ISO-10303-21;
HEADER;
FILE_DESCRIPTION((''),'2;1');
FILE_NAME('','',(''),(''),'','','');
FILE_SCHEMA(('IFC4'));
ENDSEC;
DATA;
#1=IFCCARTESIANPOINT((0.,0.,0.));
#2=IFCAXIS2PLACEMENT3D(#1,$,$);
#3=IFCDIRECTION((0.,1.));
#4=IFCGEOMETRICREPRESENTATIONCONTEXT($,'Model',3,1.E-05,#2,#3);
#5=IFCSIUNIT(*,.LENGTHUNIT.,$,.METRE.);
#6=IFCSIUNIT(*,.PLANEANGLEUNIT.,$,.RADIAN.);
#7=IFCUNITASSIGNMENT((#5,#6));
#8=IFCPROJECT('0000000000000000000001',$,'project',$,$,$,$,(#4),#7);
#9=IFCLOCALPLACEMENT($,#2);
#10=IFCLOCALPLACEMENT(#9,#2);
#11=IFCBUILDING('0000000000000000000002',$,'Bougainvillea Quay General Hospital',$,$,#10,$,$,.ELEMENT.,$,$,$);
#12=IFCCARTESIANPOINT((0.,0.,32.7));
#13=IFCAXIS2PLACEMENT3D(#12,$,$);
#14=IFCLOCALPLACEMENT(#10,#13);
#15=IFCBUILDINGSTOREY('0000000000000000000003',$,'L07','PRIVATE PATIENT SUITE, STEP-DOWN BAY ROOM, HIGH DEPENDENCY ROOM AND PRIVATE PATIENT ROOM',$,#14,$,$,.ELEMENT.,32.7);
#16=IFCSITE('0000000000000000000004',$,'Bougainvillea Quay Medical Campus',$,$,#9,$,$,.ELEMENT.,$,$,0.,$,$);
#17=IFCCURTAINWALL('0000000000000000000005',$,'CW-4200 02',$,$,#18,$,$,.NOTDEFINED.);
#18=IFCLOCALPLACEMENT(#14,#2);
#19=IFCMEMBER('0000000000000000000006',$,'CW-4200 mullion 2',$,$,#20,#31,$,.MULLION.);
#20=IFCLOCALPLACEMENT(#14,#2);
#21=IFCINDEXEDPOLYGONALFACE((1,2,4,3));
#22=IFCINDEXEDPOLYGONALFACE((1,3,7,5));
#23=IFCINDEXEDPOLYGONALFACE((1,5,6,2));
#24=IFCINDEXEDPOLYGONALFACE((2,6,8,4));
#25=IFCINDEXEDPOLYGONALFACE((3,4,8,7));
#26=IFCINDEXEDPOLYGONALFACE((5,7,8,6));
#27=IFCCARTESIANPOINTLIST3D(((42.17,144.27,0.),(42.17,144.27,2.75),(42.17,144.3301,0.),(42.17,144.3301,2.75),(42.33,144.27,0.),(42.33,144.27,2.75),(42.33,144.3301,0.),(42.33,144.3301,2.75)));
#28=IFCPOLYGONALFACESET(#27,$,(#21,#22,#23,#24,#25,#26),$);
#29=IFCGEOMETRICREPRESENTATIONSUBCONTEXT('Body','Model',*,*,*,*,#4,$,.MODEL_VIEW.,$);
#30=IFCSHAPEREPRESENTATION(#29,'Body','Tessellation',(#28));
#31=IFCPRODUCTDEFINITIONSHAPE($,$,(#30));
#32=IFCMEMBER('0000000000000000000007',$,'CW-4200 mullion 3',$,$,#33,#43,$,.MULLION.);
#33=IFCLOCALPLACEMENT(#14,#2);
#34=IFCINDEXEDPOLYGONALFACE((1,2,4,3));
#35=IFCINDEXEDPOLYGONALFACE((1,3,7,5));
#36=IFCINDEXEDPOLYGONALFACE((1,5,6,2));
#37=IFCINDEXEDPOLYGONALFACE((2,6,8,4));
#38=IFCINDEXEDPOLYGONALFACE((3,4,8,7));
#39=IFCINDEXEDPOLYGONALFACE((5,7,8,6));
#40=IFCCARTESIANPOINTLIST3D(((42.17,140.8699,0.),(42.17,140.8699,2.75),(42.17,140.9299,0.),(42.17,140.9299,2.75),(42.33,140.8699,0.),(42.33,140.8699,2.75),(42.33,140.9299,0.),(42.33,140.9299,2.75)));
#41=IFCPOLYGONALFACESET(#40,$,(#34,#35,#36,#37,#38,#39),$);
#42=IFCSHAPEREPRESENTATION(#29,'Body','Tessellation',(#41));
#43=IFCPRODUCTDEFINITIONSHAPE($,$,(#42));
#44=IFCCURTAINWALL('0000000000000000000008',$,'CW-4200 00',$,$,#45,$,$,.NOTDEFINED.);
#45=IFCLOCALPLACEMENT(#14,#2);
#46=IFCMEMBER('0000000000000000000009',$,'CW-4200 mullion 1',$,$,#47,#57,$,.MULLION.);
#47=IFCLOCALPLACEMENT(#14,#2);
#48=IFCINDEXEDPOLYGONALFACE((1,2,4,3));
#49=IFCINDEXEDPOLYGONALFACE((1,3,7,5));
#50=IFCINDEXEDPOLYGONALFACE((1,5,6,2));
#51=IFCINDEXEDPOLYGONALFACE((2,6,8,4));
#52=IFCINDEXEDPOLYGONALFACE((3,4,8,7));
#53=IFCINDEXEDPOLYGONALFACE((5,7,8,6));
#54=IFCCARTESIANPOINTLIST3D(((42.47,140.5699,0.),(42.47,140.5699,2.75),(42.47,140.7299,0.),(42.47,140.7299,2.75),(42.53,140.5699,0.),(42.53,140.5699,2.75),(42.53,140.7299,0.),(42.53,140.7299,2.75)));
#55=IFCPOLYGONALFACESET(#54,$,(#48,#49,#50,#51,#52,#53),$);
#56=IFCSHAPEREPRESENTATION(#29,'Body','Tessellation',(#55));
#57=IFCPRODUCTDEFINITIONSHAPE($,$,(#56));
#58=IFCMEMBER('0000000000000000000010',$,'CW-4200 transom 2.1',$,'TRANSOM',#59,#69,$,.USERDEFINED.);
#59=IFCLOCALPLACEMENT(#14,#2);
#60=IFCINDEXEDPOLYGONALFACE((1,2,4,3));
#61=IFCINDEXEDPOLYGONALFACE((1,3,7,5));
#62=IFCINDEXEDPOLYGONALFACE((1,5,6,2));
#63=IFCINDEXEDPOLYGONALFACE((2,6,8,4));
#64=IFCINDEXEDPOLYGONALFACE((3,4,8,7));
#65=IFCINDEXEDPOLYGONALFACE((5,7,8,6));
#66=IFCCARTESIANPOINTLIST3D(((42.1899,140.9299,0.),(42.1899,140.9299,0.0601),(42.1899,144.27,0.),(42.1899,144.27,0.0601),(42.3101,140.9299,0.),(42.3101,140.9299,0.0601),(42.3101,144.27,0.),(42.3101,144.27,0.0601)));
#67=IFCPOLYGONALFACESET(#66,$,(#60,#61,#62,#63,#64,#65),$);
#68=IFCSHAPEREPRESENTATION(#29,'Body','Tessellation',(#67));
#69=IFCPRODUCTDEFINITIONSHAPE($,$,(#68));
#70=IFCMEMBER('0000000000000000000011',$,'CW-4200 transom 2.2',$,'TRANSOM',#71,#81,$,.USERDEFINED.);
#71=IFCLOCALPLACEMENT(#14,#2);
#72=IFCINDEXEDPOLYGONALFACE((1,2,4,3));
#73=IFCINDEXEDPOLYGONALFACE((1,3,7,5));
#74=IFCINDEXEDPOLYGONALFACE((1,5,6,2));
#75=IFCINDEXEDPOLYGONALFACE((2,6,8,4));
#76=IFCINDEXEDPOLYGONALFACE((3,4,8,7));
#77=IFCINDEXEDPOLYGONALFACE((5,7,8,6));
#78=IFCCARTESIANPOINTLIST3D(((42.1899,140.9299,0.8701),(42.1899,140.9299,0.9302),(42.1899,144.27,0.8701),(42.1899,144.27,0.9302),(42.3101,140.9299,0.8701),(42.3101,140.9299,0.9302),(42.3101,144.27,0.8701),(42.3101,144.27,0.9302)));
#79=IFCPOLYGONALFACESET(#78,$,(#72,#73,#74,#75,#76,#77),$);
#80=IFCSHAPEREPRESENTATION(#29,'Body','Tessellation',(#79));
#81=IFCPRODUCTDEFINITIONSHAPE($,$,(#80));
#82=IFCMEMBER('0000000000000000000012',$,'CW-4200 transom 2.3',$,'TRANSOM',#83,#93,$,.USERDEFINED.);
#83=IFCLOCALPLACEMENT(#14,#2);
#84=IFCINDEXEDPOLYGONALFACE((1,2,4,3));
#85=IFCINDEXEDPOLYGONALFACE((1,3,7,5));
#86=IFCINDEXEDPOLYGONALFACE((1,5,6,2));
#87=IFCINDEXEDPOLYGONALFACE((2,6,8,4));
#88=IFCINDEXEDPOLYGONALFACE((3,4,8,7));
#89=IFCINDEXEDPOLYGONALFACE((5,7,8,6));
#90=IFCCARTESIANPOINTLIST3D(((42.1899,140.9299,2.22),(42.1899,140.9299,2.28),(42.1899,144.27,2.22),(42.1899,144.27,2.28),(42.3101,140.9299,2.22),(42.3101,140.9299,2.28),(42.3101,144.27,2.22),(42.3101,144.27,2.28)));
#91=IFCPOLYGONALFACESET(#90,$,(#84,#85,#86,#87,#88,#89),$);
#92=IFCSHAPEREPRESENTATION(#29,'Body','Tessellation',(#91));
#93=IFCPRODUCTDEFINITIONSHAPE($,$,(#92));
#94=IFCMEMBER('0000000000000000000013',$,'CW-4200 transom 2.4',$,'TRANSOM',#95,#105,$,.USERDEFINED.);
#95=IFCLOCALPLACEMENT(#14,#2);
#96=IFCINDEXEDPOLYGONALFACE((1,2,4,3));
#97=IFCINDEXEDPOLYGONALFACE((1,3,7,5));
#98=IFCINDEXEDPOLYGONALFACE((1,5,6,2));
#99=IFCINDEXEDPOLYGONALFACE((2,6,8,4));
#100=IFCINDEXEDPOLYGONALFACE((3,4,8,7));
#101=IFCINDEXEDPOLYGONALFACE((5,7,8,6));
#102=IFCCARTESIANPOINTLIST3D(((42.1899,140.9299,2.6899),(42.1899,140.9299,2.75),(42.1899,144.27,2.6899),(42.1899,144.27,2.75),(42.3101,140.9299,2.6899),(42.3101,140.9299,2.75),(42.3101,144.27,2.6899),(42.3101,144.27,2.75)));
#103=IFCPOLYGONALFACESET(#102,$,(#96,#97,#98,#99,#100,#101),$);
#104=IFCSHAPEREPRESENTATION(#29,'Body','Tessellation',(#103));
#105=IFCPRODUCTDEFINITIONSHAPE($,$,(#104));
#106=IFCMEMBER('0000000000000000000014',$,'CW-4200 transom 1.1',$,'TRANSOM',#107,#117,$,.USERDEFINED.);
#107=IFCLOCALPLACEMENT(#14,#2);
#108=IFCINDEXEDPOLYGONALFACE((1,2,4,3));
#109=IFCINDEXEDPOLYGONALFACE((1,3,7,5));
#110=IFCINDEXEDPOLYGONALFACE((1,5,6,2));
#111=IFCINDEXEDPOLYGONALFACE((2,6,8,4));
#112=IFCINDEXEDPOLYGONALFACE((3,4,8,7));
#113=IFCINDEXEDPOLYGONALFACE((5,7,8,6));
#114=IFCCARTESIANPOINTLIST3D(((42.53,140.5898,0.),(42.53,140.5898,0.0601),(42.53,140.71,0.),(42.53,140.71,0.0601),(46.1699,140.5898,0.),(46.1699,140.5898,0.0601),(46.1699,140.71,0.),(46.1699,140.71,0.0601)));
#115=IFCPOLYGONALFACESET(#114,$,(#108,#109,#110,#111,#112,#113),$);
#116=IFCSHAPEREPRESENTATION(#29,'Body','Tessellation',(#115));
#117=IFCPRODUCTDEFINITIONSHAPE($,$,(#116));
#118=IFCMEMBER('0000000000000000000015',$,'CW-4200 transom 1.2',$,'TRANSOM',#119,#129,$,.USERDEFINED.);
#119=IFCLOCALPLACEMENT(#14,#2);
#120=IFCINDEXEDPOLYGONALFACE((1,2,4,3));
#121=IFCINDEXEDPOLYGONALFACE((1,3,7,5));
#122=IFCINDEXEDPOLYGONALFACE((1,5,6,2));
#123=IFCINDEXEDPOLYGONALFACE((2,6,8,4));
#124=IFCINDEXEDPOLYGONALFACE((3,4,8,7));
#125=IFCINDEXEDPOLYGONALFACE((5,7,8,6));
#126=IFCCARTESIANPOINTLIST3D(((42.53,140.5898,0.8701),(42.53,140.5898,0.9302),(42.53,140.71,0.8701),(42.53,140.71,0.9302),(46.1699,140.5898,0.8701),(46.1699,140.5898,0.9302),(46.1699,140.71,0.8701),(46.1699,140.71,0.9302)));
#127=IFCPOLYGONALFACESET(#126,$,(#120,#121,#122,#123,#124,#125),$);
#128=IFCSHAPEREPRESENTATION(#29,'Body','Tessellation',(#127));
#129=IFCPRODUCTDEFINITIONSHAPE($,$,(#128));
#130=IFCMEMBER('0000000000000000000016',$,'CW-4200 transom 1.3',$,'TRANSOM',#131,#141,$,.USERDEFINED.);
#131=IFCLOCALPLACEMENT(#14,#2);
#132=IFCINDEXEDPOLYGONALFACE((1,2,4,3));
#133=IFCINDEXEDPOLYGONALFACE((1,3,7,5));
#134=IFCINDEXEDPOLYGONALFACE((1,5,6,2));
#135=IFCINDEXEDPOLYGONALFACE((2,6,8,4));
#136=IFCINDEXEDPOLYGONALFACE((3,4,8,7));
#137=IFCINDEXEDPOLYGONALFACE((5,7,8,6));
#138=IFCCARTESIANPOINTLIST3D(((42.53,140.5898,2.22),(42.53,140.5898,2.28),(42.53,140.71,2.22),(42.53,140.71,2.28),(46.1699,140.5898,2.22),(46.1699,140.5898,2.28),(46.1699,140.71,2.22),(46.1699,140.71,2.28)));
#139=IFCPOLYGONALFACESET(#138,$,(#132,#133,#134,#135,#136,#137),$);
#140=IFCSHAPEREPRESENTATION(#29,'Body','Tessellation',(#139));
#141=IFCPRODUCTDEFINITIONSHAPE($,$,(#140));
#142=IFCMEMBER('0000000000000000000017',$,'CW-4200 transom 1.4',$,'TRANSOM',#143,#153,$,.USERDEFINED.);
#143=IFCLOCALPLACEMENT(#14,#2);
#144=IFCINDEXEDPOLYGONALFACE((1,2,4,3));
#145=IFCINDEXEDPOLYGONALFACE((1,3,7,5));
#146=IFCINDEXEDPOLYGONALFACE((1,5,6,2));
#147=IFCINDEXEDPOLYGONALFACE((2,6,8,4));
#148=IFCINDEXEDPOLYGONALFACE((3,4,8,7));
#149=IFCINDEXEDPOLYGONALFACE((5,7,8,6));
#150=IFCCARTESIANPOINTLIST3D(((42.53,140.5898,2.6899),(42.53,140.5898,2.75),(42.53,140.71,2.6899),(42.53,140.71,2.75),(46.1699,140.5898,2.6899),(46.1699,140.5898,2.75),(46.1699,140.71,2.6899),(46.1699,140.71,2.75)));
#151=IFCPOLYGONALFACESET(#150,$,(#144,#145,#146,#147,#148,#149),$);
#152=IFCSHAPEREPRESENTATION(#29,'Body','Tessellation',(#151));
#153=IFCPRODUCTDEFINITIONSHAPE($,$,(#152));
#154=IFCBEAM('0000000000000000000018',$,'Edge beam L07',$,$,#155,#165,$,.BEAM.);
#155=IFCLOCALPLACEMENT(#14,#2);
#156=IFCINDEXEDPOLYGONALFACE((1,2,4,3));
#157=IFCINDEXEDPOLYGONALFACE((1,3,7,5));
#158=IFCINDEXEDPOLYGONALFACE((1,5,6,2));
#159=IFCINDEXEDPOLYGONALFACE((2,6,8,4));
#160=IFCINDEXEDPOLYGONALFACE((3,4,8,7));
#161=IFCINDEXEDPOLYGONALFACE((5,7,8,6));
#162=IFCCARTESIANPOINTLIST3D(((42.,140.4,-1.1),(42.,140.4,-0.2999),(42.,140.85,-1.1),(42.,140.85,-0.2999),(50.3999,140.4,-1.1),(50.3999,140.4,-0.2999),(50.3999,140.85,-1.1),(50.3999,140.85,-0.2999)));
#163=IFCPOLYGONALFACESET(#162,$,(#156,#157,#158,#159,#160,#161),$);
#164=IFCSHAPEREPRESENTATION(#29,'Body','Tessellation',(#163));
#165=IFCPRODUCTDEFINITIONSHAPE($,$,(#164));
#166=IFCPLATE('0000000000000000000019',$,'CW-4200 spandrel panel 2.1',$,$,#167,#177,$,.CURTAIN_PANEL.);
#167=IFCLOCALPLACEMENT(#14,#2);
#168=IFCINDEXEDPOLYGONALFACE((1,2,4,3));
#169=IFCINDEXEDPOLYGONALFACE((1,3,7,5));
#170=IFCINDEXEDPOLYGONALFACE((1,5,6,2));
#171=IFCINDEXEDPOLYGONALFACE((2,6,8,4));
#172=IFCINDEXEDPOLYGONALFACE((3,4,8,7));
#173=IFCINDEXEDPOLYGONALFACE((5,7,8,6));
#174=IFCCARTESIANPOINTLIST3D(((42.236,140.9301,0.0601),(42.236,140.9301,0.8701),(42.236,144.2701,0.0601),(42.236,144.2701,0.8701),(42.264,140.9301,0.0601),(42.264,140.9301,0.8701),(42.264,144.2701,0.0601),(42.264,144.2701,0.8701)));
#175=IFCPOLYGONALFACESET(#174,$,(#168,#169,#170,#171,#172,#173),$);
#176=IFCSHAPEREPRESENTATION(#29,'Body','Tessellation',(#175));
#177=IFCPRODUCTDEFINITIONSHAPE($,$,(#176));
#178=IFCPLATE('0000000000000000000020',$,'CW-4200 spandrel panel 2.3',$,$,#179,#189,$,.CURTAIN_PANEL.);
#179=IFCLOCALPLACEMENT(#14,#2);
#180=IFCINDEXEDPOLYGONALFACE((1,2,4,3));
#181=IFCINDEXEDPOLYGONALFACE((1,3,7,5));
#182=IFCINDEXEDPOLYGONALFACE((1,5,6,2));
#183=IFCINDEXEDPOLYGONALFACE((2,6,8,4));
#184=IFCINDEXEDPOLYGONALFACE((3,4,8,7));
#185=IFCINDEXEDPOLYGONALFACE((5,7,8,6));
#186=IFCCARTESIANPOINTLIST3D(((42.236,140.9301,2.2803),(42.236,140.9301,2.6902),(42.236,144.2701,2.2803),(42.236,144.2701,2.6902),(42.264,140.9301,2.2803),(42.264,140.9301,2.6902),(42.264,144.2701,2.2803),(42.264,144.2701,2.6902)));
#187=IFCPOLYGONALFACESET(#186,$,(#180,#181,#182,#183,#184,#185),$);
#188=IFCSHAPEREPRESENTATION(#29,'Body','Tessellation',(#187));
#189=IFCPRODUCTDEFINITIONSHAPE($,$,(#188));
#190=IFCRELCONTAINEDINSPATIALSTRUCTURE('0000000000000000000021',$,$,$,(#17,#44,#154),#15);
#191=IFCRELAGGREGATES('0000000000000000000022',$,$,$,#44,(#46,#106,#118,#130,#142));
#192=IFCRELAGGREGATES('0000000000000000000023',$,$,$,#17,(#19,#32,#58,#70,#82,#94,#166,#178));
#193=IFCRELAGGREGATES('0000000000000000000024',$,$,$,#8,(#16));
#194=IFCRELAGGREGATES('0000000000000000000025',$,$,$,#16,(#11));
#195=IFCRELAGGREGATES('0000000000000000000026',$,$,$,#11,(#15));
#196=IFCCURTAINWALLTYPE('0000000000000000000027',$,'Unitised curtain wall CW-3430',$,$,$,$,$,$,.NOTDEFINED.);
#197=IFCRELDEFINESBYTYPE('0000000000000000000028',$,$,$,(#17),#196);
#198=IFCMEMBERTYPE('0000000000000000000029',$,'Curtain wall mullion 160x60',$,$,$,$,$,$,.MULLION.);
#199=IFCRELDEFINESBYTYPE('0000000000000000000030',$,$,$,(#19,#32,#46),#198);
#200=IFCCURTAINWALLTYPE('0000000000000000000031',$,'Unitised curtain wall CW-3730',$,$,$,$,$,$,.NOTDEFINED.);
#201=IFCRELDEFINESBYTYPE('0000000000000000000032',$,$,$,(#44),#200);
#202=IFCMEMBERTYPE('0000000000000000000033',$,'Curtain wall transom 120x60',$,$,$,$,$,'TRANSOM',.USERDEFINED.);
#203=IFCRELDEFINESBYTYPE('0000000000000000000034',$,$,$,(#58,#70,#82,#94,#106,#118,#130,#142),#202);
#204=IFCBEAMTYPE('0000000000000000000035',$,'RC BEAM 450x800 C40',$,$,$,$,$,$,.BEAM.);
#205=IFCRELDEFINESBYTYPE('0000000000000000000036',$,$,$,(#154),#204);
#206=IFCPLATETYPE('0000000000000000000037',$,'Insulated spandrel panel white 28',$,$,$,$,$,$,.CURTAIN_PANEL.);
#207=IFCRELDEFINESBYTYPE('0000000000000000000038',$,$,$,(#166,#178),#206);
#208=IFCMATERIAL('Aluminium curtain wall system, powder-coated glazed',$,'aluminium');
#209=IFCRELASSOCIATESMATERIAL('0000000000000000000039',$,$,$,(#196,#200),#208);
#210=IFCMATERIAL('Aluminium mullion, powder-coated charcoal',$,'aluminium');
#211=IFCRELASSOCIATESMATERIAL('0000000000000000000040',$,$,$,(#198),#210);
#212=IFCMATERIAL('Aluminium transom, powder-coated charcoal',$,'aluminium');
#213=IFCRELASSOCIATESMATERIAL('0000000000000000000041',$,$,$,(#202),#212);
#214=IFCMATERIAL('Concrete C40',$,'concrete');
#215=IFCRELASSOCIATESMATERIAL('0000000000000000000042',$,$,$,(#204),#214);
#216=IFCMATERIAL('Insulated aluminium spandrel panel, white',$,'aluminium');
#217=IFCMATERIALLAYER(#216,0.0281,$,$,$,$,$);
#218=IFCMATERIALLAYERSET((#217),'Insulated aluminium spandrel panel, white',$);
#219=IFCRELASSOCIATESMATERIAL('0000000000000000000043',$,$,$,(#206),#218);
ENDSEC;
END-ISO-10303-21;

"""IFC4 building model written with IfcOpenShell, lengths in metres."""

from ifc_helpers import new_model, si_unit, direction, frame, origin, origin_2d, place, context, subcontext, project, spatial, rectangle, extrude, material, layer, layer_set, material_profile, profile_set, type_object, element, aggregate, save


model = new_model("IFC4")

# Units and contexts
model_context = context("Model", 3, precision=1e-05, world=origin(), true_north=direction((0.0, 1.0)))
body_context = subcontext(model_context, "Body", "Model", "MODEL_VIEW")
ifc_project = project(units=[si_unit("LENGTHUNIT", "METRE"), si_unit("PLANEANGLEUNIT", "RADIAN")], contexts=[model_context])

# Site, building, storey
site_placement = place(None, origin())
site = spatial("IfcSite", under=ifc_project, at=site_placement, Name="Bougainvillea Quay Medical Campus", CompositionType="ELEMENT", RefElevation=0.0)
building_placement = place(site_placement, origin())
building = spatial("IfcBuilding", under=site, at=building_placement, Name="Bougainvillea Quay General Hospital", CompositionType="ELEMENT")
storey_placement = place(building_placement, frame((0.0, 0.0, 32.7)))
storey = spatial("IfcBuildingStorey", under=building, at=storey_placement, Name="L07", Description="PRIVATE PATIENT SUITE, STEP-DOWN BAY ROOM, HIGH DEPENDENCY ROOM AND PRIVATE PATIENT ROOM", CompositionType="ELEMENT", Elevation=32.7)

# Curtain wall, members
ifc_material_1 = material(Name="Aluminium curtain wall system, powder-coated glazed", Category="aluminium")
curtain_wall_type_1 = type_object("IfcCurtainWallType", Name="Unitised curtain wall CW-3430", PredefinedType="NOTDEFINED", material=ifc_material_1)
curtain_wall_1_placement = place(storey_placement, origin())
curtain_wall_1 = element("IfcCurtainWall", 1, at=curtain_wall_1_placement, inside=storey, type_object=curtain_wall_type_1, Name="CW-4200 02", PredefinedType="NOTDEFINED")
ifc_material_2 = material(Name="Aluminium mullion, powder-coated charcoal", Category="aluminium")
ifc_material_profile_1 = material_profile(ifc_material_2, rectangle(XDim=0.1599, YDim=0.0601, at=origin_2d()))
ifc_profile_set_1 = profile_set([ifc_material_profile_1], Name="Aluminium mullion, powder-coated charcoal")
member_type_1 = type_object("IfcMemberType", Name="Curtain wall mullion 160x60", PredefinedType="MULLION", material=ifc_profile_set_1)
member_1_placement = place(storey_placement, frame((42.25, 144.3, 0.0), z_axis=(0.0, 0.0, 1.0), x_axis=(1.0, 0.0, 0.0)))
member_1 = element("IfcMember", 2, at=member_1_placement, type_object=member_type_1, Name="CW-4200 mullion 2", PredefinedType="MULLION", context=body_context, shape_type="SweptSolid", body=[
    extrude(rectangle(XDim=0.1599, YDim=0.0601, at=origin_2d()), origin(), (0.0, 0.0, 1.0), 2.75),
])
member_2_placement = place(storey_placement, frame((42.25, 140.8999, 0.0), z_axis=(0.0, 0.0, 1.0), x_axis=(1.0, 0.0, 0.0)))
member_2 = element("IfcMember", 3, at=member_2_placement, type_object=member_type_1, Name="CW-4200 mullion 3", PredefinedType="MULLION", context=body_context, shape_type="SweptSolid", body=[
    extrude(rectangle(XDim=0.1599, YDim=0.0601, at=origin_2d()), origin(), (0.0, 0.0, 1.0), 2.75),
])

# Curtain wall, member
curtain_wall_type_2 = type_object("IfcCurtainWallType", Name="Unitised curtain wall CW-3730", PredefinedType="NOTDEFINED", material=ifc_material_1)
curtain_wall_2_placement = place(storey_placement, origin())
curtain_wall_2 = element("IfcCurtainWall", 4, at=curtain_wall_2_placement, inside=storey, type_object=curtain_wall_type_2, Name="CW-4200 00", PredefinedType="NOTDEFINED")
member_3_placement = place(storey_placement, frame((42.5, 140.6499, 0.0), z_axis=(0.0, 0.0, 1.0), x_axis=(0.0, 1.0, 0.0)))
member_3 = element("IfcMember", 5, at=member_3_placement, type_object=member_type_1, Name="CW-4200 mullion 1", PredefinedType="MULLION", context=body_context, shape_type="SweptSolid", body=[
    extrude(rectangle(XDim=0.1599, YDim=0.0601, at=origin_2d()), origin(), (0.0, 0.0, 1.0), 2.75),
])

# Members
ifc_material_3 = material(Name="Aluminium transom, powder-coated charcoal", Category="aluminium")
ifc_material_profile_2 = material_profile(ifc_material_3, rectangle(XDim=0.1201, YDim=0.0601, at=origin_2d()))
ifc_profile_set_2 = profile_set([ifc_material_profile_2], Name="Aluminium transom, powder-coated charcoal")
member_type_2 = type_object("IfcMemberType", Name="Curtain wall transom 120x60", ElementType="TRANSOM", PredefinedType="USERDEFINED", material=ifc_profile_set_2)
member_4_placement = place(storey_placement, frame((42.25, 144.27, 0.03), z_axis=(0.0, -1.0, 0.0), x_axis=(1.0, 0.0, 0.0)))
member_4 = element("IfcMember", 6, at=member_4_placement, type_object=member_type_2, Name="CW-4200 transom 2.1", ObjectType="TRANSOM", PredefinedType="USERDEFINED", context=body_context, shape_type="SweptSolid", body=[
    extrude(rectangle(XDim=0.1201, YDim=0.0601, at=origin_2d()), origin(), (0.0, 0.0, 1.0), 3.3401),
])
member_5_placement = place(storey_placement, frame((42.25, 144.27, 0.9001), z_axis=(0.0, -1.0, 0.0), x_axis=(1.0, 0.0, 0.0)))
member_5 = element("IfcMember", 7, at=member_5_placement, type_object=member_type_2, Name="CW-4200 transom 2.2", ObjectType="TRANSOM", PredefinedType="USERDEFINED", context=body_context, shape_type="SweptSolid", body=[
    extrude(rectangle(XDim=0.1201, YDim=0.0601, at=origin_2d()), origin(), (0.0, 0.0, 1.0), 3.3401),
])
member_6_placement = place(storey_placement, frame((42.25, 144.27, 2.25), z_axis=(0.0, -1.0, 0.0), x_axis=(1.0, 0.0, 0.0)))
member_6 = element("IfcMember", 8, at=member_6_placement, type_object=member_type_2, Name="CW-4200 transom 2.3", ObjectType="TRANSOM", PredefinedType="USERDEFINED", context=body_context, shape_type="SweptSolid", body=[
    extrude(rectangle(XDim=0.1201, YDim=0.0601, at=origin_2d()), origin(), (0.0, 0.0, 1.0), 3.3401),
])
member_7_placement = place(storey_placement, frame((42.25, 144.27, 2.72), z_axis=(0.0, -1.0, 0.0), x_axis=(1.0, 0.0, 0.0)))
member_7 = element("IfcMember", 9, at=member_7_placement, type_object=member_type_2, Name="CW-4200 transom 2.4", ObjectType="TRANSOM", PredefinedType="USERDEFINED", context=body_context, shape_type="SweptSolid", body=[
    extrude(rectangle(XDim=0.1201, YDim=0.0601, at=origin_2d()), origin(), (0.0, 0.0, 1.0), 3.3401),
])
member_8_placement = place(storey_placement, frame((42.53, 140.6499, 0.03), z_axis=(1.0, 0.0, 0.0), x_axis=(0.0, 1.0, 0.0)))
member_8 = element("IfcMember", 10, at=member_8_placement, type_object=member_type_2, Name="CW-4200 transom 1.1", ObjectType="TRANSOM", PredefinedType="USERDEFINED", context=body_context, shape_type="SweptSolid", body=[
    extrude(rectangle(XDim=0.1201, YDim=0.0601, at=origin_2d()), origin(), (0.0, 0.0, 1.0), 3.6399),
])
member_9_placement = place(storey_placement, frame((42.53, 140.6499, 0.9001), z_axis=(1.0, 0.0, 0.0), x_axis=(0.0, 1.0, 0.0)))
member_9 = element("IfcMember", 11, at=member_9_placement, type_object=member_type_2, Name="CW-4200 transom 1.2", ObjectType="TRANSOM", PredefinedType="USERDEFINED", context=body_context, shape_type="SweptSolid", body=[
    extrude(rectangle(XDim=0.1201, YDim=0.0601, at=origin_2d()), origin(), (0.0, 0.0, 1.0), 3.6399),
])
member_10_placement = place(storey_placement, frame((42.53, 140.6499, 2.25), z_axis=(1.0, 0.0, 0.0), x_axis=(0.0, 1.0, 0.0)))
member_10 = element("IfcMember", 12, at=member_10_placement, type_object=member_type_2, Name="CW-4200 transom 1.3", ObjectType="TRANSOM", PredefinedType="USERDEFINED", context=body_context, shape_type="SweptSolid", body=[
    extrude(rectangle(XDim=0.1201, YDim=0.0601, at=origin_2d()), origin(), (0.0, 0.0, 1.0), 3.6399),
])
member_11_placement = place(storey_placement, frame((42.53, 140.6499, 2.72), z_axis=(1.0, 0.0, 0.0), x_axis=(0.0, 1.0, 0.0)))
member_11 = element("IfcMember", 13, at=member_11_placement, type_object=member_type_2, Name="CW-4200 transom 1.4", ObjectType="TRANSOM", PredefinedType="USERDEFINED", context=body_context, shape_type="SweptSolid", body=[
    extrude(rectangle(XDim=0.1201, YDim=0.0601, at=origin_2d()), origin(), (0.0, 0.0, 1.0), 3.6399),
])
aggregate(curtain_wall_2, [member_3, member_8, member_9, member_10, member_11])

# Beam
ifc_material_4 = material(Name="Concrete C40", Category="concrete")
ifc_material_profile_3 = material_profile(ifc_material_4, rectangle(XDim=0.45, YDim=0.8, at=origin_2d()))
ifc_profile_set_3 = profile_set([ifc_material_profile_3], Name="Concrete C40")
beam_type = type_object("IfcBeamType", Name="RC BEAM 450x800 C40", PredefinedType="BEAM", material=ifc_profile_set_3)
beam_placement = place(storey_placement, frame((42.0, 140.625, -0.7), z_axis=(1.0, 0.0, 0.0), x_axis=(0.0, 1.0, 0.0)))
element("IfcBeam", 14, at=beam_placement, inside=storey, type_object=beam_type, Name="Edge beam L07", PredefinedType="BEAM", context=body_context, shape_type="SweptSolid", body=[
    extrude(rectangle(XDim=0.45, YDim=0.8, at=origin_2d()), origin(), (0.0, 0.0, 1.0), 8.3999),
])

# Plates
ifc_material_5 = material(Name="Insulated aluminium spandrel panel, white", Category="aluminium")
ifc_layer_1 = layer(ifc_material_5, 0.0281)
ifc_layer_set_1 = layer_set([ifc_layer_1], Name="Insulated aluminium spandrel panel, white")
plate_type_1 = type_object("IfcPlateType", Name="Insulated spandrel panel white 28", PredefinedType="CURTAIN_PANEL", material=ifc_layer_set_1)
plate_1_placement = place(storey_placement, frame((42.25, 142.6001, 0.0601), z_axis=(0.0, 0.0, 1.0), x_axis=(0.0, -1.0, 0.0)))
plate_1 = element("IfcPlate", 15, at=plate_1_placement, type_object=plate_type_1, Name="CW-4200 spandrel panel 2.1", PredefinedType="CURTAIN_PANEL", context=body_context, shape_type="SweptSolid", body=[
    extrude(rectangle(XDim=3.3401, YDim=0.0281, at=origin_2d()), origin(), (0.0, 0.0, 1.0), 0.8101),
])
plate_2_placement = place(storey_placement, frame((42.25, 142.6001, 2.2803), z_axis=(0.0, 0.0, 1.0), x_axis=(0.0, -1.0, 0.0)))
plate_2 = element("IfcPlate", 16, at=plate_2_placement, type_object=plate_type_1, Name="CW-4200 spandrel panel 2.3", PredefinedType="CURTAIN_PANEL", context=body_context, shape_type="SweptSolid", body=[
    extrude(rectangle(XDim=3.3401, YDim=0.0281, at=origin_2d()), origin(), (0.0, 0.0, 1.0), 0.4099),
])
aggregate(curtain_wall_1, [member_1, member_2, member_4, member_5, member_6, member_7, plate_1, plate_2])

save(model, "model.ifc")
